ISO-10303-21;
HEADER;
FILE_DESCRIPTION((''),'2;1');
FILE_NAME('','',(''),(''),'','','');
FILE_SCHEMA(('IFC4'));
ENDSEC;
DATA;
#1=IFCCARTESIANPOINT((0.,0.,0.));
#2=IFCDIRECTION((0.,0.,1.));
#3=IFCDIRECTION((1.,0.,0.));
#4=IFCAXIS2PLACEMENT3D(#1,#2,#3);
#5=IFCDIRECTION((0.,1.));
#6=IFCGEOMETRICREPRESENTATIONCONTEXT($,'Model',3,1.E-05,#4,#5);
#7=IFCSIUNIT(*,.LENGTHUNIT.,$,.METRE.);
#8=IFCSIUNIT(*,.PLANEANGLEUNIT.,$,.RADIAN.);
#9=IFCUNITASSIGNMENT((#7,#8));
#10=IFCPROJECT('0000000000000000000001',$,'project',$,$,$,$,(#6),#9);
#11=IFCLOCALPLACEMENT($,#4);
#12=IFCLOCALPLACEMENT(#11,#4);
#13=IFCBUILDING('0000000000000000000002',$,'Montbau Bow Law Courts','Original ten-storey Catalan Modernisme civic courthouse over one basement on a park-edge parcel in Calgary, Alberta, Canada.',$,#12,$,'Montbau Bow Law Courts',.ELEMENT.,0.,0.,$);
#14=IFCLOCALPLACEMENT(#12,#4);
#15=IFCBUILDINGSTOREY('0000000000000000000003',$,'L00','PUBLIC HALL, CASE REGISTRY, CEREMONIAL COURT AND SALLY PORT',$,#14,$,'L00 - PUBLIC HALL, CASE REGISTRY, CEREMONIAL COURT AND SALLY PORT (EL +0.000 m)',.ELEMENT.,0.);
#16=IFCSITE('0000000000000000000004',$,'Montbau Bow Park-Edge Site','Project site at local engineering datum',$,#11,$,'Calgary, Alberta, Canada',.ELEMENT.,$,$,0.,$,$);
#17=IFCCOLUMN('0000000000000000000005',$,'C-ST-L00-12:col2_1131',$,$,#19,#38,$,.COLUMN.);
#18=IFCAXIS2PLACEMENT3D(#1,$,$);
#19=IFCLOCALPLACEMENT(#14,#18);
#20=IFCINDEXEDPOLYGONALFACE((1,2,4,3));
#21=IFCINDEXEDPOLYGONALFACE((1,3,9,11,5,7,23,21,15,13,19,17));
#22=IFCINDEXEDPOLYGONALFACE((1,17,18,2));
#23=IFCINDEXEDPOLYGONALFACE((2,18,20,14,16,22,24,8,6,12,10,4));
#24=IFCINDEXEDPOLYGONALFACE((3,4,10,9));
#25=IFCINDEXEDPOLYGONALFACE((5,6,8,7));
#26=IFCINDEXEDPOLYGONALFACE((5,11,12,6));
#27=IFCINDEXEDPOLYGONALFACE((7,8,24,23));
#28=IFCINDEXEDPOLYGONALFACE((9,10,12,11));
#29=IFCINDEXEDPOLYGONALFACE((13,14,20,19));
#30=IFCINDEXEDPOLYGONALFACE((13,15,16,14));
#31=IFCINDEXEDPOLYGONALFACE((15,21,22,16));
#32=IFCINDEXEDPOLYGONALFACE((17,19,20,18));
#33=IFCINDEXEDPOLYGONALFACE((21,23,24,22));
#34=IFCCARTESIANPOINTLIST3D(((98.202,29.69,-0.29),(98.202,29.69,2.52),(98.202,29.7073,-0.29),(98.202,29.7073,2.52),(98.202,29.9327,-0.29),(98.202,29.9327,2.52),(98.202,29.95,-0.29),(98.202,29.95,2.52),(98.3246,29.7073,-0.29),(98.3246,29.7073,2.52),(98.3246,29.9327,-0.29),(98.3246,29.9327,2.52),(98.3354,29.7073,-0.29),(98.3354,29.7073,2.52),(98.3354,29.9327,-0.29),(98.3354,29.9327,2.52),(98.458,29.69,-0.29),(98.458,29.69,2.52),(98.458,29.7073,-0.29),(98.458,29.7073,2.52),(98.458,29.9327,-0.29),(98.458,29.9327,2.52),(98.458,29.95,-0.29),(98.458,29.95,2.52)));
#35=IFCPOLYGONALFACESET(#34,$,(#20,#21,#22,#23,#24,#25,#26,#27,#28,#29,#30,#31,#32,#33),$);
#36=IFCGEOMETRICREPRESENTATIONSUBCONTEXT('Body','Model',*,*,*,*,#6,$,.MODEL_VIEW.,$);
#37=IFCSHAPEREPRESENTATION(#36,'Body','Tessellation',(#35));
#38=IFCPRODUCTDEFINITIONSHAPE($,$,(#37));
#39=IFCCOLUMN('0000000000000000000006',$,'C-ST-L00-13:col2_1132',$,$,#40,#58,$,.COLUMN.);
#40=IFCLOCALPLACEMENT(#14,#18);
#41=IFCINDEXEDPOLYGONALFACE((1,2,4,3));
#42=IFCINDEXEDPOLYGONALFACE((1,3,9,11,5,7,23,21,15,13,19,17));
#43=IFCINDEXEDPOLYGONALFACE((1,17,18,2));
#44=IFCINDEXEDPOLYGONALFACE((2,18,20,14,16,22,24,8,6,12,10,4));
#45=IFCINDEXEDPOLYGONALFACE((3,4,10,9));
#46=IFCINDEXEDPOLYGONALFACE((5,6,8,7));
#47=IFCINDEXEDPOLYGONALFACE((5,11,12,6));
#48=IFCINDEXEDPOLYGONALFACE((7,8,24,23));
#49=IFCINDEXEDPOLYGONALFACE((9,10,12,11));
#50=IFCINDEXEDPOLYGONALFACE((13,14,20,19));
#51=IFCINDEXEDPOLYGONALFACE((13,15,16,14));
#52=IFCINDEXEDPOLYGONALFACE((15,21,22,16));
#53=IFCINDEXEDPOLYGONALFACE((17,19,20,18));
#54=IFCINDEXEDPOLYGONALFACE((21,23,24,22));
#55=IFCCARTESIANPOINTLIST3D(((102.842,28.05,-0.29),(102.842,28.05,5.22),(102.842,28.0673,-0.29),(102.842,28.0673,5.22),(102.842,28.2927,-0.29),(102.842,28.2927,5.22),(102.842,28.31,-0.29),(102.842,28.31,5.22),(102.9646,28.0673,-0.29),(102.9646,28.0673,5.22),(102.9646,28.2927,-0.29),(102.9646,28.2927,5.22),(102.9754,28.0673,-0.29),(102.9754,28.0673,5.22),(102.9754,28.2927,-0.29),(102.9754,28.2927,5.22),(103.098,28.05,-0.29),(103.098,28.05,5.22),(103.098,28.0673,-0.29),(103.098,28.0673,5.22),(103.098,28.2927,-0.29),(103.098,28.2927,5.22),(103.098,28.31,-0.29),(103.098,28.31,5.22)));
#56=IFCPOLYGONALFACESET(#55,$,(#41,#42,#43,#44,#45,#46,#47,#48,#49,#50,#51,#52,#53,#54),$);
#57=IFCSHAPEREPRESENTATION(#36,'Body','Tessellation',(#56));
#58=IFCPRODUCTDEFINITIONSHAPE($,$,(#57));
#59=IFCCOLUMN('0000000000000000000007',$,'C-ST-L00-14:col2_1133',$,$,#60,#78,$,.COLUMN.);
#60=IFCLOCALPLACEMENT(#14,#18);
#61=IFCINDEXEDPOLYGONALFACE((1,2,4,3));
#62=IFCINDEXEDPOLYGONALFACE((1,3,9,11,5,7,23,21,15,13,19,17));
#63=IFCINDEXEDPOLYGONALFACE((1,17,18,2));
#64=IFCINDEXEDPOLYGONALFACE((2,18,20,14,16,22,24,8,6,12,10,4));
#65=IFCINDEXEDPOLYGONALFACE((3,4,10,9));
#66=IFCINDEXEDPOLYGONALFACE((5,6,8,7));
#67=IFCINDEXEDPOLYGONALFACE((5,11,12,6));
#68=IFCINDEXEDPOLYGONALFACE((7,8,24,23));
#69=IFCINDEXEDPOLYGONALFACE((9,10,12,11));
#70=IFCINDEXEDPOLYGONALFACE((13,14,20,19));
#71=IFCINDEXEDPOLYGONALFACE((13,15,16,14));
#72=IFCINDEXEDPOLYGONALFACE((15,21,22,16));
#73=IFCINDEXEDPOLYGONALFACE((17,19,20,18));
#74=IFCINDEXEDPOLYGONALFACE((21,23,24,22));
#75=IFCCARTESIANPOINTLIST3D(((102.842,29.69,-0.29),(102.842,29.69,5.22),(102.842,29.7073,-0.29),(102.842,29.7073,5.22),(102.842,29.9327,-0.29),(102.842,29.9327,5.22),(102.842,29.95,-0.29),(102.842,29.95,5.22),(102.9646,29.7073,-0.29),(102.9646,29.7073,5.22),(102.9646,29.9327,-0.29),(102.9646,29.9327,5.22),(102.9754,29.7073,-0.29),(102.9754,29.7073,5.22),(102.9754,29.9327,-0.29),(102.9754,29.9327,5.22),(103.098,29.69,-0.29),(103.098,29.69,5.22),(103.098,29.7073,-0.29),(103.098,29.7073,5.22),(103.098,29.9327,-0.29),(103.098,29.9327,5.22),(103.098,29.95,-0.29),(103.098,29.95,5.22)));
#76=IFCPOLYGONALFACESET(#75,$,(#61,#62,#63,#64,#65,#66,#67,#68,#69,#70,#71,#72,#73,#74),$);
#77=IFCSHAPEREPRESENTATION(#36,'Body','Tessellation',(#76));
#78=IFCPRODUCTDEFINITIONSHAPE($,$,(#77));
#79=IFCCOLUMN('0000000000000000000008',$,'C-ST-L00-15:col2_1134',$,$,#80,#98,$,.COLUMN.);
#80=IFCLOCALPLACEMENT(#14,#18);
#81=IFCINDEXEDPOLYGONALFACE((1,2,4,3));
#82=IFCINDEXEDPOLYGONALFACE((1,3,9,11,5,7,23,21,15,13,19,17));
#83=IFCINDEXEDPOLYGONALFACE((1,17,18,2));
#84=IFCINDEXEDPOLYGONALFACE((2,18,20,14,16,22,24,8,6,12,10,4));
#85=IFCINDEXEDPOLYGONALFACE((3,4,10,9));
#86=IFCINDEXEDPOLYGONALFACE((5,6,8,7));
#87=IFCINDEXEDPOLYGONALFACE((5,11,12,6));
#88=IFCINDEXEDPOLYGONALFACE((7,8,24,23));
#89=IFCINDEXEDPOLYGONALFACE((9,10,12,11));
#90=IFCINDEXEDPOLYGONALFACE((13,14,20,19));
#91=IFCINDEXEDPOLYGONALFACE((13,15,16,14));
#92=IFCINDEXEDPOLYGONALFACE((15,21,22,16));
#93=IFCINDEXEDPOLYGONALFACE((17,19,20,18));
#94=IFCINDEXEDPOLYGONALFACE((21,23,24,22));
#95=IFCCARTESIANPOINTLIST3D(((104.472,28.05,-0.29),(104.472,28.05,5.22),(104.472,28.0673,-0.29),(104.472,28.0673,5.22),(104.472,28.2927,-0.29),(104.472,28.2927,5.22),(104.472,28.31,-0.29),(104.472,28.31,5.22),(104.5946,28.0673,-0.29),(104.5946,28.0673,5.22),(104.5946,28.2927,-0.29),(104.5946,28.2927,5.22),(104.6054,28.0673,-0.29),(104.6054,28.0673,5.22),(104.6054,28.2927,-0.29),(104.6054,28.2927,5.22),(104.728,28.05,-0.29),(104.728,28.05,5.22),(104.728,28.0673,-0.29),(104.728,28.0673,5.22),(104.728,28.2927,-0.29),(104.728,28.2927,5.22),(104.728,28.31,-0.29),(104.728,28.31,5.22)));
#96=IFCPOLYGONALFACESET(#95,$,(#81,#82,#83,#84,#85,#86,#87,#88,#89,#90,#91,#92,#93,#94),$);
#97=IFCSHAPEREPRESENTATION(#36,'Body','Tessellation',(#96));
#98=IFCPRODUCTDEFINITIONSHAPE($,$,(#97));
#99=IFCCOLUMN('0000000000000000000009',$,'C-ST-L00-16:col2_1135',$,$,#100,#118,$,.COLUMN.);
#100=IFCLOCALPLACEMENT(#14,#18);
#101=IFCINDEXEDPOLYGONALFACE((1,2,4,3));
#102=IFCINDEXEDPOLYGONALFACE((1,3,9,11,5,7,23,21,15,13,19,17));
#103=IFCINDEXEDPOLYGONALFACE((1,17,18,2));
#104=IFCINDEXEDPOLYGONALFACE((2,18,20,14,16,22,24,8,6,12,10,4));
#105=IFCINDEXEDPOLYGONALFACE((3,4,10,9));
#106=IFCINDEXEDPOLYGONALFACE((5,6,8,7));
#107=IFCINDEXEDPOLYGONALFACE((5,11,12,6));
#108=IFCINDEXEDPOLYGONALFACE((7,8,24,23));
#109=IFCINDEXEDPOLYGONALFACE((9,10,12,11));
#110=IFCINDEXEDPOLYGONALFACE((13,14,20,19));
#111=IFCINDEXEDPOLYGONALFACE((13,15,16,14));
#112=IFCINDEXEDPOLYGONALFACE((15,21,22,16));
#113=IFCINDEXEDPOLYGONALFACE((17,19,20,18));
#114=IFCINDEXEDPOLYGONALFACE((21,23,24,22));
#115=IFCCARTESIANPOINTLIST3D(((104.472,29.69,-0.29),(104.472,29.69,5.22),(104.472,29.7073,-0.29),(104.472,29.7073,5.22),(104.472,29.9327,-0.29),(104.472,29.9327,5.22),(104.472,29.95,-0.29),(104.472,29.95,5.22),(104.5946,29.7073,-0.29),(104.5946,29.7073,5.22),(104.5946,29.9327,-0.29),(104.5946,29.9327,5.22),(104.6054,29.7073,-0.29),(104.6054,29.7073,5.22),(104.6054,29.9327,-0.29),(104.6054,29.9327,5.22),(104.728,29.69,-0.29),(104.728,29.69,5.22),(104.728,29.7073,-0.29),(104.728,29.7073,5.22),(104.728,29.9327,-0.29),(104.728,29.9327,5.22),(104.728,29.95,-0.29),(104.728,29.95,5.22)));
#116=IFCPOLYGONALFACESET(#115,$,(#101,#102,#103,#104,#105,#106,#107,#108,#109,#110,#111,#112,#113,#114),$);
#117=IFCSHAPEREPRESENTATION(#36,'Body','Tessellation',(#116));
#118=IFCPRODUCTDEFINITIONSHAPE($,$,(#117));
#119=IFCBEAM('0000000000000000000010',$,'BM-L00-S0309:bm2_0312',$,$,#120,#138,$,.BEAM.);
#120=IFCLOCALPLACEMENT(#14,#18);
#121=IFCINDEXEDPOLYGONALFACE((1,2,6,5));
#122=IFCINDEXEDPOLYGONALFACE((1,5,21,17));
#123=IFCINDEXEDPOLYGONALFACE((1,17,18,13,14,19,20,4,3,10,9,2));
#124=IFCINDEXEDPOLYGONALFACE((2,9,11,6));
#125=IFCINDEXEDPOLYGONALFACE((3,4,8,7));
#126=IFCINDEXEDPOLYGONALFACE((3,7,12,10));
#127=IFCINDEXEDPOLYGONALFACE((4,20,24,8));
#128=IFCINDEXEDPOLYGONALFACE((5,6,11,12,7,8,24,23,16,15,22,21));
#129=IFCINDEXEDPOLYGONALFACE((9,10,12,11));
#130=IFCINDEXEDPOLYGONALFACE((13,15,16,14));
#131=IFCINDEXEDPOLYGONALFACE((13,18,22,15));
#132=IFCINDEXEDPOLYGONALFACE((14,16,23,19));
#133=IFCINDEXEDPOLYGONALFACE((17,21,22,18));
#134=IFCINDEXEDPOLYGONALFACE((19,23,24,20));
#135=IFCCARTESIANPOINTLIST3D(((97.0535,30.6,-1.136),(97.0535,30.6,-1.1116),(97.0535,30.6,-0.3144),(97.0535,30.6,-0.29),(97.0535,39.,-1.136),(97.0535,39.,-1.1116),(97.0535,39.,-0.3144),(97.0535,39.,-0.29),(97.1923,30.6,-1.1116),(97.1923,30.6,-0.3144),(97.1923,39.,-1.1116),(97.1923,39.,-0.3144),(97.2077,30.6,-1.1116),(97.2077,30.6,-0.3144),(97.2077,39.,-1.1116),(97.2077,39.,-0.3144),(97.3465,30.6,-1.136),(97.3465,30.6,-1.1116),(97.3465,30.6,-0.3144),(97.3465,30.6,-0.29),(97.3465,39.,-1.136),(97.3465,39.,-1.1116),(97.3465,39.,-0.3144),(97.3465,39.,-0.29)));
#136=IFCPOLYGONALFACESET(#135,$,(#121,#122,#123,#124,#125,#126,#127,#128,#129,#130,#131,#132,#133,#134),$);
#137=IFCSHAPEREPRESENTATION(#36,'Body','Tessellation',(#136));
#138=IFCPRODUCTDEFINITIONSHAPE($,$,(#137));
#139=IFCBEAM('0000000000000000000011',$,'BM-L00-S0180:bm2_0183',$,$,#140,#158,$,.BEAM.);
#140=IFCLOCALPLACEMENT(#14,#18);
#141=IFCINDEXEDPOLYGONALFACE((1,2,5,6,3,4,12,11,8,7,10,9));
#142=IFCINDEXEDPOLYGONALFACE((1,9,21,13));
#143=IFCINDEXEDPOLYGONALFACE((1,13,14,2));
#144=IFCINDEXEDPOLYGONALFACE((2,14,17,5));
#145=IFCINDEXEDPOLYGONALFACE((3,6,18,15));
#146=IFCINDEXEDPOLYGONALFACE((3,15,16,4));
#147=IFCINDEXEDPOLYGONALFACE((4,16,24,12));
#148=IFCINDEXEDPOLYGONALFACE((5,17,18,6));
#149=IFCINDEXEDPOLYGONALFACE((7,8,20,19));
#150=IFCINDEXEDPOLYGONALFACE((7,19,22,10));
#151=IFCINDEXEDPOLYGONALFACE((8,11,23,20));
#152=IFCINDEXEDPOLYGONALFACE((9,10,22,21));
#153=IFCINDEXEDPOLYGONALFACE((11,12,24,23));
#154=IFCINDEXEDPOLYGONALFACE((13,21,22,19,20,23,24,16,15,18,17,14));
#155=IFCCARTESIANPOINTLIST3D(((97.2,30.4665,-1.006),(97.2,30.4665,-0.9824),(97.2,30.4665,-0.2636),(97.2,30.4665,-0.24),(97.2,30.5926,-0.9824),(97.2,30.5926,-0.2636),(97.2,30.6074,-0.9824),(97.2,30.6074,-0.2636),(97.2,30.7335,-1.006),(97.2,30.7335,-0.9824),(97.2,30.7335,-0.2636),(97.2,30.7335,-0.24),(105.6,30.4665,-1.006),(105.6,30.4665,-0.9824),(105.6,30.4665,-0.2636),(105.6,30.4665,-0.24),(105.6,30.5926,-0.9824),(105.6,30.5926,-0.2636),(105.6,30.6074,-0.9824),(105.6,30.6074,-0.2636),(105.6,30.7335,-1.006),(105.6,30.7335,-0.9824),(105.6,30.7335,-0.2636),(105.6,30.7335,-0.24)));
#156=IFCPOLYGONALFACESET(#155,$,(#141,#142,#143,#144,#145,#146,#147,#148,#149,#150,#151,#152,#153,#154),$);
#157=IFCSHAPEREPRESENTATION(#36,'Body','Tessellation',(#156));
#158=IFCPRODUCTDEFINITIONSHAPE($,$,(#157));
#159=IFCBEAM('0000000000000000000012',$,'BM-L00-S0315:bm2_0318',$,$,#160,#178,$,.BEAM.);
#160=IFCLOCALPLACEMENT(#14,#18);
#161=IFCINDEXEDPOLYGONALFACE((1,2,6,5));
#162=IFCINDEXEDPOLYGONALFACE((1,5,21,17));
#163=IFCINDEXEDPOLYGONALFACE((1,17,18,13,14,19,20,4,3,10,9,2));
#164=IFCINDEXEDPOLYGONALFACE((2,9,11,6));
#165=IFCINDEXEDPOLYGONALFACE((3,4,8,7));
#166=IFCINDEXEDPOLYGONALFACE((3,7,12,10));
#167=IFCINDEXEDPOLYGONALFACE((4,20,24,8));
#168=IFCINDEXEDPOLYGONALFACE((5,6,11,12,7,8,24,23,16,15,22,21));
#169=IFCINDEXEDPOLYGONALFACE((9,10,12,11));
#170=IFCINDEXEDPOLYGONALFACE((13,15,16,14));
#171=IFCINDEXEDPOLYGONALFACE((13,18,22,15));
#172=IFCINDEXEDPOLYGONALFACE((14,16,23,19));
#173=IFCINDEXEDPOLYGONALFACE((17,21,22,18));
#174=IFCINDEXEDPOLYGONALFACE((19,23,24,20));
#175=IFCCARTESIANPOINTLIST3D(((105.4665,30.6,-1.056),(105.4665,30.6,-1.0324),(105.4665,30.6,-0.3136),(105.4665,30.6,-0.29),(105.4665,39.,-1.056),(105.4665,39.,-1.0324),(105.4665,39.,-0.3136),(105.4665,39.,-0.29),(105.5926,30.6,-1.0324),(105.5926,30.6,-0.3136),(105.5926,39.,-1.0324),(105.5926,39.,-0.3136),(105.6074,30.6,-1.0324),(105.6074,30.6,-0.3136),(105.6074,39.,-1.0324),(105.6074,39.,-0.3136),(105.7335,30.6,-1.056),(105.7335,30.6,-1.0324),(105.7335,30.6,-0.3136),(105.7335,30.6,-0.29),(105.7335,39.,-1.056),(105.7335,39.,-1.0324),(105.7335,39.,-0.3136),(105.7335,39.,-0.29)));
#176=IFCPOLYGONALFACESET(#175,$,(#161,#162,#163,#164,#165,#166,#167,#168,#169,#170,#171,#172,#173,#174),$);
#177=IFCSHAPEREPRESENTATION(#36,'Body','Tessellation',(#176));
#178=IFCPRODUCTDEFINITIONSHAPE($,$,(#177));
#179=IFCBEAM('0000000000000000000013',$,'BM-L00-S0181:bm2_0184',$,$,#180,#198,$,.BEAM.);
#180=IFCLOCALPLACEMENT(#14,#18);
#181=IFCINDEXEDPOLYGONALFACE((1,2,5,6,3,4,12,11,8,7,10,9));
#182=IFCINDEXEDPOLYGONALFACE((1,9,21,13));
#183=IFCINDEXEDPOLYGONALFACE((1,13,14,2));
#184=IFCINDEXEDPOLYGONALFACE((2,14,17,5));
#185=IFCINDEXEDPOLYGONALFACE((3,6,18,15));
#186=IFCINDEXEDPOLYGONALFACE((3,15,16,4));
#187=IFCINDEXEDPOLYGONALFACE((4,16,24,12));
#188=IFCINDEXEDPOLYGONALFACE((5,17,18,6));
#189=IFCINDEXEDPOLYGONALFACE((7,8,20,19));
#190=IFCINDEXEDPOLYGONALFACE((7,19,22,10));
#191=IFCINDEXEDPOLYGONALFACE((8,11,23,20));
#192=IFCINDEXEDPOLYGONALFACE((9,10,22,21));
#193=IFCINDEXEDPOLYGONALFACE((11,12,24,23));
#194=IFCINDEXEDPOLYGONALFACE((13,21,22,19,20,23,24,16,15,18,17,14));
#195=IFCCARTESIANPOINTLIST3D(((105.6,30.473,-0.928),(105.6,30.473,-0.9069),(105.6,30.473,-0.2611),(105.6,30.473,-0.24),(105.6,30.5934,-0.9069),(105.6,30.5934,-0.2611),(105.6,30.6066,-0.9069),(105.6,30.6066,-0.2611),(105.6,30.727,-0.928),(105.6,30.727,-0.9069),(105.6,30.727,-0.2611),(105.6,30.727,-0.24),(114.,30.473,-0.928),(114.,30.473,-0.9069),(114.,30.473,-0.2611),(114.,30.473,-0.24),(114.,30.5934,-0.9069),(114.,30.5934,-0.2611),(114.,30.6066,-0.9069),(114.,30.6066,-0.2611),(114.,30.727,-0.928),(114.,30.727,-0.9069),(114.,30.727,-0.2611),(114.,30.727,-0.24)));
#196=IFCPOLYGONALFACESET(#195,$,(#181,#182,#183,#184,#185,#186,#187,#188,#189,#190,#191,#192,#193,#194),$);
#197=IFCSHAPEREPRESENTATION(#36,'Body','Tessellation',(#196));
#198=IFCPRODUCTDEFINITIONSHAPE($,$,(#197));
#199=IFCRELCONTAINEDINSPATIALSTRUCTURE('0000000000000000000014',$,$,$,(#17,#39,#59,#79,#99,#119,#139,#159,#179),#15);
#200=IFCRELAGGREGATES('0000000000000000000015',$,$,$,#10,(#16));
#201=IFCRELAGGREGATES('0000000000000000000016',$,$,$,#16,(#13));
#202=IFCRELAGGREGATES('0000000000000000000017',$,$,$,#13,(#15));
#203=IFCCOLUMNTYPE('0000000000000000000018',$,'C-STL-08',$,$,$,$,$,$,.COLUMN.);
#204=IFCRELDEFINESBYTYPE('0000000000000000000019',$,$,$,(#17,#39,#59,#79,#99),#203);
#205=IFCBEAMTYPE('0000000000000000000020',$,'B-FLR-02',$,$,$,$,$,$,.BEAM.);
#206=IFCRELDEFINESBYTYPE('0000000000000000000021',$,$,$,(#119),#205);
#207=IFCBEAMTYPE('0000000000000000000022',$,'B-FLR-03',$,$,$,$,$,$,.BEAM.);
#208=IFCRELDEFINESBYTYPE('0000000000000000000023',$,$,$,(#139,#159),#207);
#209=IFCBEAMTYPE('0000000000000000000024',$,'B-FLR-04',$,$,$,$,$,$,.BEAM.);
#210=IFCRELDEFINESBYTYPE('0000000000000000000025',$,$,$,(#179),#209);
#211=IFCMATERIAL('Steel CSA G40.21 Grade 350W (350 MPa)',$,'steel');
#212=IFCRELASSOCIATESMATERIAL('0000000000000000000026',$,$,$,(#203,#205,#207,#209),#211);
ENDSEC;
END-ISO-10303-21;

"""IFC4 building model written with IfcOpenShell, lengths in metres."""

from ifc_helpers import new_model, si_unit, direction, frame, origin_with_axes, origin_2d_with_axis, place, context, subcontext, project, spatial, i_section, extrude, material, material_profile, profile_set, type_object, element, save


model = new_model("IFC4")

# Units and contexts
model_context = context("Model", 3, precision=1e-05, world=origin_with_axes(), true_north=direction((0.0, 1.0)))
body_context = subcontext(model_context, "Body", "Model", "MODEL_VIEW")
ifc_project = project(units=[si_unit("LENGTHUNIT", "METRE"), si_unit("PLANEANGLEUNIT", "RADIAN")], contexts=[model_context])

# Site, building, storey
site_placement = place(None, origin_with_axes())
site = spatial("IfcSite", under=ifc_project, at=site_placement, Name="Montbau Bow Park-Edge Site", Description="Project site at local engineering datum", LongName="Calgary, Alberta, Canada", CompositionType="ELEMENT", RefElevation=0.0)
building_placement = place(site_placement, origin_with_axes())
building = spatial("IfcBuilding", under=site, at=building_placement, Name="Montbau Bow Law Courts", Description="Original ten-storey Catalan Modernisme civic courthouse over one basement on a park-edge parcel in Calgary, Alberta, Canada.", LongName="Montbau Bow Law Courts", CompositionType="ELEMENT", ElevationOfRefHeight=0.0, ElevationOfTerrain=0.0)
storey_placement = place(building_placement, origin_with_axes())
storey = spatial("IfcBuildingStorey", under=building, at=storey_placement, Name="L00", Description="PUBLIC HALL, CASE REGISTRY, CEREMONIAL COURT AND SALLY PORT", LongName="L00 - PUBLIC HALL, CASE REGISTRY, CEREMONIAL COURT AND SALLY PORT (EL +0.000 m)", CompositionType="ELEMENT", Elevation=0.0)

# Columns
ifc_material_1 = material(Name="Steel CSA G40.21 Grade 350W (350 MPa)", Category="steel")
ifc_material_profile_1 = material_profile(ifc_material_1, i_section(OverallWidth=0.256, OverallDepth=0.26, WebThickness=0.0107, FlangeThickness=0.0173, at=origin_2d_with_axis()), Name="W250X89", Category="Main", Priority=0)
ifc_profile_set_1 = profile_set([ifc_material_profile_1], Name="Steel CSA G40.21 Grade 350W (350 MPa)")
column_type_1 = type_object("IfcColumnType", Name="C-STL-08", PredefinedType="COLUMN", material=ifc_profile_set_1)
for number, where, z_axis, x_axis, name in (
    (1, (98.33, 29.82, -0.29), (0.0, 0.0, 1.0), (1.0, 0.0, 0.0), "C-ST-L00-12:col2_1131"),
):
    element("IfcColumn", number, at=place(None, frame(where, z_axis=z_axis, x_axis=x_axis)), inside=storey, type_object=column_type_1, Name=name, PredefinedType="COLUMN", context=body_context, shape_type="SweptSolid", body=[
        extrude(i_section(OverallWidth=0.256, OverallDepth=0.26, WebThickness=0.0107, FlangeThickness=0.0173, at=origin_2d_with_axis()), origin_with_axes(), (0.0, 0.0, 1.0), 2.81),
    ])
for number, where, z_axis, x_axis, name in (
    (2, (102.97, 28.18, -0.29), (0.0, 0.0, 1.0), (1.0, 0.0, 0.0), "C-ST-L00-13:col2_1132"),
    (3, (102.97, 29.82, -0.29), (0.0, 0.0, 1.0), (1.0, 0.0, 0.0), "C-ST-L00-14:col2_1133"),
    (4, (104.6, 28.18, -0.29), (0.0, 0.0, 1.0), (1.0, 0.0, 0.0), "C-ST-L00-15:col2_1134"),
    (5, (104.6, 29.82, -0.29), (0.0, 0.0, 1.0), (1.0, 0.0, 0.0), "C-ST-L00-16:col2_1135"),
):
    element("IfcColumn", number, at=place(None, frame(where, z_axis=z_axis, x_axis=x_axis)), inside=storey, type_object=column_type_1, Name=name, PredefinedType="COLUMN", context=body_context, shape_type="SweptSolid", body=[
        extrude(i_section(OverallWidth=0.256, OverallDepth=0.26, WebThickness=0.0107, FlangeThickness=0.0173, at=origin_2d_with_axis()), origin_with_axes(), (0.0, 0.0, 1.0), 5.51),
    ])

# Beams
ifc_material_profile_2 = material_profile(ifc_material_1, i_section(OverallWidth=0.293, OverallDepth=0.846, WebThickness=0.0154, FlangeThickness=0.0244, at=origin_2d_with_axis()), Name="W840X210", Category="Main", Priority=0)
ifc_profile_set_2 = profile_set([ifc_material_profile_2], Name="Steel CSA G40.21 Grade 350W (350 MPa)")
beam_type_1 = type_object("IfcBeamType", Name="B-FLR-02", PredefinedType="BEAM", material=ifc_profile_set_2)
beam_1_placement = place(None, frame((97.2, 30.6, -0.713), z_axis=(0.0, 1.0, 0.0), x_axis=(-1.0, 0.0, 0.0)))
element("IfcBeam", 6, at=beam_1_placement, inside=storey, type_object=beam_type_1, Name="BM-L00-S0309:bm2_0312", PredefinedType="BEAM", context=body_context, shape_type="SweptSolid", body=[
    extrude(i_section(OverallWidth=0.293, OverallDepth=0.846, WebThickness=0.0154, FlangeThickness=0.0244, at=origin_2d_with_axis()), origin_with_axes(), (0.0, 0.0, 1.0), 8.4),
])
ifc_material_profile_3 = material_profile(ifc_material_1, i_section(OverallWidth=0.267, OverallDepth=0.766, WebThickness=0.0149, FlangeThickness=0.0236, at=origin_2d_with_axis()), Name="W760X185", Category="Main", Priority=0)
ifc_profile_set_3 = profile_set([ifc_material_profile_3], Name="Steel CSA G40.21 Grade 350W (350 MPa)")
beam_type_2 = type_object("IfcBeamType", Name="B-FLR-03", PredefinedType="BEAM", material=ifc_profile_set_3)
for number, where, z_axis, x_axis, name in (
    (7, (97.2, 30.6, -0.623), (1.0, 0.0, 0.0), (0.0, 1.0, 0.0), "BM-L00-S0180:bm2_0183"),
    (8, (105.6, 30.6, -0.673), (0.0, 1.0, 0.0), (-1.0, 0.0, 0.0), "BM-L00-S0315:bm2_0318"),
):
    element("IfcBeam", number, at=place(None, frame(where, z_axis=z_axis, x_axis=x_axis)), inside=storey, type_object=beam_type_2, Name=name, PredefinedType="BEAM", context=body_context, shape_type="SweptSolid", body=[
        extrude(i_section(OverallWidth=0.267, OverallDepth=0.766, WebThickness=0.0149, FlangeThickness=0.0236, at=origin_2d_with_axis()), origin_with_axes(), (0.0, 0.0, 1.0), 8.4),
    ])
ifc_material_profile_4 = material_profile(ifc_material_1, i_section(OverallWidth=0.254, OverallDepth=0.688, WebThickness=0.0131, FlangeThickness=0.0211, at=origin_2d_with_axis()), Name="W690X152", Category="Main", Priority=0)
ifc_profile_set_4 = profile_set([ifc_material_profile_4], Name="Steel CSA G40.21 Grade 350W (350 MPa)")
beam_type_3 = type_object("IfcBeamType", Name="B-FLR-04", PredefinedType="BEAM", material=ifc_profile_set_4)
beam_2_placement = place(None, frame((105.6, 30.6, -0.584), z_axis=(1.0, 0.0, 0.0), x_axis=(0.0, 1.0, 0.0)))
element("IfcBeam", 9, at=beam_2_placement, inside=storey, type_object=beam_type_3, Name="BM-L00-S0181:bm2_0184", PredefinedType="BEAM", context=body_context, shape_type="SweptSolid", body=[
    extrude(i_section(OverallWidth=0.254, OverallDepth=0.688, WebThickness=0.0131, FlangeThickness=0.0211, at=origin_2d_with_axis()), origin_with_axes(), (0.0, 0.0, 1.0), 8.4),
])

save(model, "model.ifc")
